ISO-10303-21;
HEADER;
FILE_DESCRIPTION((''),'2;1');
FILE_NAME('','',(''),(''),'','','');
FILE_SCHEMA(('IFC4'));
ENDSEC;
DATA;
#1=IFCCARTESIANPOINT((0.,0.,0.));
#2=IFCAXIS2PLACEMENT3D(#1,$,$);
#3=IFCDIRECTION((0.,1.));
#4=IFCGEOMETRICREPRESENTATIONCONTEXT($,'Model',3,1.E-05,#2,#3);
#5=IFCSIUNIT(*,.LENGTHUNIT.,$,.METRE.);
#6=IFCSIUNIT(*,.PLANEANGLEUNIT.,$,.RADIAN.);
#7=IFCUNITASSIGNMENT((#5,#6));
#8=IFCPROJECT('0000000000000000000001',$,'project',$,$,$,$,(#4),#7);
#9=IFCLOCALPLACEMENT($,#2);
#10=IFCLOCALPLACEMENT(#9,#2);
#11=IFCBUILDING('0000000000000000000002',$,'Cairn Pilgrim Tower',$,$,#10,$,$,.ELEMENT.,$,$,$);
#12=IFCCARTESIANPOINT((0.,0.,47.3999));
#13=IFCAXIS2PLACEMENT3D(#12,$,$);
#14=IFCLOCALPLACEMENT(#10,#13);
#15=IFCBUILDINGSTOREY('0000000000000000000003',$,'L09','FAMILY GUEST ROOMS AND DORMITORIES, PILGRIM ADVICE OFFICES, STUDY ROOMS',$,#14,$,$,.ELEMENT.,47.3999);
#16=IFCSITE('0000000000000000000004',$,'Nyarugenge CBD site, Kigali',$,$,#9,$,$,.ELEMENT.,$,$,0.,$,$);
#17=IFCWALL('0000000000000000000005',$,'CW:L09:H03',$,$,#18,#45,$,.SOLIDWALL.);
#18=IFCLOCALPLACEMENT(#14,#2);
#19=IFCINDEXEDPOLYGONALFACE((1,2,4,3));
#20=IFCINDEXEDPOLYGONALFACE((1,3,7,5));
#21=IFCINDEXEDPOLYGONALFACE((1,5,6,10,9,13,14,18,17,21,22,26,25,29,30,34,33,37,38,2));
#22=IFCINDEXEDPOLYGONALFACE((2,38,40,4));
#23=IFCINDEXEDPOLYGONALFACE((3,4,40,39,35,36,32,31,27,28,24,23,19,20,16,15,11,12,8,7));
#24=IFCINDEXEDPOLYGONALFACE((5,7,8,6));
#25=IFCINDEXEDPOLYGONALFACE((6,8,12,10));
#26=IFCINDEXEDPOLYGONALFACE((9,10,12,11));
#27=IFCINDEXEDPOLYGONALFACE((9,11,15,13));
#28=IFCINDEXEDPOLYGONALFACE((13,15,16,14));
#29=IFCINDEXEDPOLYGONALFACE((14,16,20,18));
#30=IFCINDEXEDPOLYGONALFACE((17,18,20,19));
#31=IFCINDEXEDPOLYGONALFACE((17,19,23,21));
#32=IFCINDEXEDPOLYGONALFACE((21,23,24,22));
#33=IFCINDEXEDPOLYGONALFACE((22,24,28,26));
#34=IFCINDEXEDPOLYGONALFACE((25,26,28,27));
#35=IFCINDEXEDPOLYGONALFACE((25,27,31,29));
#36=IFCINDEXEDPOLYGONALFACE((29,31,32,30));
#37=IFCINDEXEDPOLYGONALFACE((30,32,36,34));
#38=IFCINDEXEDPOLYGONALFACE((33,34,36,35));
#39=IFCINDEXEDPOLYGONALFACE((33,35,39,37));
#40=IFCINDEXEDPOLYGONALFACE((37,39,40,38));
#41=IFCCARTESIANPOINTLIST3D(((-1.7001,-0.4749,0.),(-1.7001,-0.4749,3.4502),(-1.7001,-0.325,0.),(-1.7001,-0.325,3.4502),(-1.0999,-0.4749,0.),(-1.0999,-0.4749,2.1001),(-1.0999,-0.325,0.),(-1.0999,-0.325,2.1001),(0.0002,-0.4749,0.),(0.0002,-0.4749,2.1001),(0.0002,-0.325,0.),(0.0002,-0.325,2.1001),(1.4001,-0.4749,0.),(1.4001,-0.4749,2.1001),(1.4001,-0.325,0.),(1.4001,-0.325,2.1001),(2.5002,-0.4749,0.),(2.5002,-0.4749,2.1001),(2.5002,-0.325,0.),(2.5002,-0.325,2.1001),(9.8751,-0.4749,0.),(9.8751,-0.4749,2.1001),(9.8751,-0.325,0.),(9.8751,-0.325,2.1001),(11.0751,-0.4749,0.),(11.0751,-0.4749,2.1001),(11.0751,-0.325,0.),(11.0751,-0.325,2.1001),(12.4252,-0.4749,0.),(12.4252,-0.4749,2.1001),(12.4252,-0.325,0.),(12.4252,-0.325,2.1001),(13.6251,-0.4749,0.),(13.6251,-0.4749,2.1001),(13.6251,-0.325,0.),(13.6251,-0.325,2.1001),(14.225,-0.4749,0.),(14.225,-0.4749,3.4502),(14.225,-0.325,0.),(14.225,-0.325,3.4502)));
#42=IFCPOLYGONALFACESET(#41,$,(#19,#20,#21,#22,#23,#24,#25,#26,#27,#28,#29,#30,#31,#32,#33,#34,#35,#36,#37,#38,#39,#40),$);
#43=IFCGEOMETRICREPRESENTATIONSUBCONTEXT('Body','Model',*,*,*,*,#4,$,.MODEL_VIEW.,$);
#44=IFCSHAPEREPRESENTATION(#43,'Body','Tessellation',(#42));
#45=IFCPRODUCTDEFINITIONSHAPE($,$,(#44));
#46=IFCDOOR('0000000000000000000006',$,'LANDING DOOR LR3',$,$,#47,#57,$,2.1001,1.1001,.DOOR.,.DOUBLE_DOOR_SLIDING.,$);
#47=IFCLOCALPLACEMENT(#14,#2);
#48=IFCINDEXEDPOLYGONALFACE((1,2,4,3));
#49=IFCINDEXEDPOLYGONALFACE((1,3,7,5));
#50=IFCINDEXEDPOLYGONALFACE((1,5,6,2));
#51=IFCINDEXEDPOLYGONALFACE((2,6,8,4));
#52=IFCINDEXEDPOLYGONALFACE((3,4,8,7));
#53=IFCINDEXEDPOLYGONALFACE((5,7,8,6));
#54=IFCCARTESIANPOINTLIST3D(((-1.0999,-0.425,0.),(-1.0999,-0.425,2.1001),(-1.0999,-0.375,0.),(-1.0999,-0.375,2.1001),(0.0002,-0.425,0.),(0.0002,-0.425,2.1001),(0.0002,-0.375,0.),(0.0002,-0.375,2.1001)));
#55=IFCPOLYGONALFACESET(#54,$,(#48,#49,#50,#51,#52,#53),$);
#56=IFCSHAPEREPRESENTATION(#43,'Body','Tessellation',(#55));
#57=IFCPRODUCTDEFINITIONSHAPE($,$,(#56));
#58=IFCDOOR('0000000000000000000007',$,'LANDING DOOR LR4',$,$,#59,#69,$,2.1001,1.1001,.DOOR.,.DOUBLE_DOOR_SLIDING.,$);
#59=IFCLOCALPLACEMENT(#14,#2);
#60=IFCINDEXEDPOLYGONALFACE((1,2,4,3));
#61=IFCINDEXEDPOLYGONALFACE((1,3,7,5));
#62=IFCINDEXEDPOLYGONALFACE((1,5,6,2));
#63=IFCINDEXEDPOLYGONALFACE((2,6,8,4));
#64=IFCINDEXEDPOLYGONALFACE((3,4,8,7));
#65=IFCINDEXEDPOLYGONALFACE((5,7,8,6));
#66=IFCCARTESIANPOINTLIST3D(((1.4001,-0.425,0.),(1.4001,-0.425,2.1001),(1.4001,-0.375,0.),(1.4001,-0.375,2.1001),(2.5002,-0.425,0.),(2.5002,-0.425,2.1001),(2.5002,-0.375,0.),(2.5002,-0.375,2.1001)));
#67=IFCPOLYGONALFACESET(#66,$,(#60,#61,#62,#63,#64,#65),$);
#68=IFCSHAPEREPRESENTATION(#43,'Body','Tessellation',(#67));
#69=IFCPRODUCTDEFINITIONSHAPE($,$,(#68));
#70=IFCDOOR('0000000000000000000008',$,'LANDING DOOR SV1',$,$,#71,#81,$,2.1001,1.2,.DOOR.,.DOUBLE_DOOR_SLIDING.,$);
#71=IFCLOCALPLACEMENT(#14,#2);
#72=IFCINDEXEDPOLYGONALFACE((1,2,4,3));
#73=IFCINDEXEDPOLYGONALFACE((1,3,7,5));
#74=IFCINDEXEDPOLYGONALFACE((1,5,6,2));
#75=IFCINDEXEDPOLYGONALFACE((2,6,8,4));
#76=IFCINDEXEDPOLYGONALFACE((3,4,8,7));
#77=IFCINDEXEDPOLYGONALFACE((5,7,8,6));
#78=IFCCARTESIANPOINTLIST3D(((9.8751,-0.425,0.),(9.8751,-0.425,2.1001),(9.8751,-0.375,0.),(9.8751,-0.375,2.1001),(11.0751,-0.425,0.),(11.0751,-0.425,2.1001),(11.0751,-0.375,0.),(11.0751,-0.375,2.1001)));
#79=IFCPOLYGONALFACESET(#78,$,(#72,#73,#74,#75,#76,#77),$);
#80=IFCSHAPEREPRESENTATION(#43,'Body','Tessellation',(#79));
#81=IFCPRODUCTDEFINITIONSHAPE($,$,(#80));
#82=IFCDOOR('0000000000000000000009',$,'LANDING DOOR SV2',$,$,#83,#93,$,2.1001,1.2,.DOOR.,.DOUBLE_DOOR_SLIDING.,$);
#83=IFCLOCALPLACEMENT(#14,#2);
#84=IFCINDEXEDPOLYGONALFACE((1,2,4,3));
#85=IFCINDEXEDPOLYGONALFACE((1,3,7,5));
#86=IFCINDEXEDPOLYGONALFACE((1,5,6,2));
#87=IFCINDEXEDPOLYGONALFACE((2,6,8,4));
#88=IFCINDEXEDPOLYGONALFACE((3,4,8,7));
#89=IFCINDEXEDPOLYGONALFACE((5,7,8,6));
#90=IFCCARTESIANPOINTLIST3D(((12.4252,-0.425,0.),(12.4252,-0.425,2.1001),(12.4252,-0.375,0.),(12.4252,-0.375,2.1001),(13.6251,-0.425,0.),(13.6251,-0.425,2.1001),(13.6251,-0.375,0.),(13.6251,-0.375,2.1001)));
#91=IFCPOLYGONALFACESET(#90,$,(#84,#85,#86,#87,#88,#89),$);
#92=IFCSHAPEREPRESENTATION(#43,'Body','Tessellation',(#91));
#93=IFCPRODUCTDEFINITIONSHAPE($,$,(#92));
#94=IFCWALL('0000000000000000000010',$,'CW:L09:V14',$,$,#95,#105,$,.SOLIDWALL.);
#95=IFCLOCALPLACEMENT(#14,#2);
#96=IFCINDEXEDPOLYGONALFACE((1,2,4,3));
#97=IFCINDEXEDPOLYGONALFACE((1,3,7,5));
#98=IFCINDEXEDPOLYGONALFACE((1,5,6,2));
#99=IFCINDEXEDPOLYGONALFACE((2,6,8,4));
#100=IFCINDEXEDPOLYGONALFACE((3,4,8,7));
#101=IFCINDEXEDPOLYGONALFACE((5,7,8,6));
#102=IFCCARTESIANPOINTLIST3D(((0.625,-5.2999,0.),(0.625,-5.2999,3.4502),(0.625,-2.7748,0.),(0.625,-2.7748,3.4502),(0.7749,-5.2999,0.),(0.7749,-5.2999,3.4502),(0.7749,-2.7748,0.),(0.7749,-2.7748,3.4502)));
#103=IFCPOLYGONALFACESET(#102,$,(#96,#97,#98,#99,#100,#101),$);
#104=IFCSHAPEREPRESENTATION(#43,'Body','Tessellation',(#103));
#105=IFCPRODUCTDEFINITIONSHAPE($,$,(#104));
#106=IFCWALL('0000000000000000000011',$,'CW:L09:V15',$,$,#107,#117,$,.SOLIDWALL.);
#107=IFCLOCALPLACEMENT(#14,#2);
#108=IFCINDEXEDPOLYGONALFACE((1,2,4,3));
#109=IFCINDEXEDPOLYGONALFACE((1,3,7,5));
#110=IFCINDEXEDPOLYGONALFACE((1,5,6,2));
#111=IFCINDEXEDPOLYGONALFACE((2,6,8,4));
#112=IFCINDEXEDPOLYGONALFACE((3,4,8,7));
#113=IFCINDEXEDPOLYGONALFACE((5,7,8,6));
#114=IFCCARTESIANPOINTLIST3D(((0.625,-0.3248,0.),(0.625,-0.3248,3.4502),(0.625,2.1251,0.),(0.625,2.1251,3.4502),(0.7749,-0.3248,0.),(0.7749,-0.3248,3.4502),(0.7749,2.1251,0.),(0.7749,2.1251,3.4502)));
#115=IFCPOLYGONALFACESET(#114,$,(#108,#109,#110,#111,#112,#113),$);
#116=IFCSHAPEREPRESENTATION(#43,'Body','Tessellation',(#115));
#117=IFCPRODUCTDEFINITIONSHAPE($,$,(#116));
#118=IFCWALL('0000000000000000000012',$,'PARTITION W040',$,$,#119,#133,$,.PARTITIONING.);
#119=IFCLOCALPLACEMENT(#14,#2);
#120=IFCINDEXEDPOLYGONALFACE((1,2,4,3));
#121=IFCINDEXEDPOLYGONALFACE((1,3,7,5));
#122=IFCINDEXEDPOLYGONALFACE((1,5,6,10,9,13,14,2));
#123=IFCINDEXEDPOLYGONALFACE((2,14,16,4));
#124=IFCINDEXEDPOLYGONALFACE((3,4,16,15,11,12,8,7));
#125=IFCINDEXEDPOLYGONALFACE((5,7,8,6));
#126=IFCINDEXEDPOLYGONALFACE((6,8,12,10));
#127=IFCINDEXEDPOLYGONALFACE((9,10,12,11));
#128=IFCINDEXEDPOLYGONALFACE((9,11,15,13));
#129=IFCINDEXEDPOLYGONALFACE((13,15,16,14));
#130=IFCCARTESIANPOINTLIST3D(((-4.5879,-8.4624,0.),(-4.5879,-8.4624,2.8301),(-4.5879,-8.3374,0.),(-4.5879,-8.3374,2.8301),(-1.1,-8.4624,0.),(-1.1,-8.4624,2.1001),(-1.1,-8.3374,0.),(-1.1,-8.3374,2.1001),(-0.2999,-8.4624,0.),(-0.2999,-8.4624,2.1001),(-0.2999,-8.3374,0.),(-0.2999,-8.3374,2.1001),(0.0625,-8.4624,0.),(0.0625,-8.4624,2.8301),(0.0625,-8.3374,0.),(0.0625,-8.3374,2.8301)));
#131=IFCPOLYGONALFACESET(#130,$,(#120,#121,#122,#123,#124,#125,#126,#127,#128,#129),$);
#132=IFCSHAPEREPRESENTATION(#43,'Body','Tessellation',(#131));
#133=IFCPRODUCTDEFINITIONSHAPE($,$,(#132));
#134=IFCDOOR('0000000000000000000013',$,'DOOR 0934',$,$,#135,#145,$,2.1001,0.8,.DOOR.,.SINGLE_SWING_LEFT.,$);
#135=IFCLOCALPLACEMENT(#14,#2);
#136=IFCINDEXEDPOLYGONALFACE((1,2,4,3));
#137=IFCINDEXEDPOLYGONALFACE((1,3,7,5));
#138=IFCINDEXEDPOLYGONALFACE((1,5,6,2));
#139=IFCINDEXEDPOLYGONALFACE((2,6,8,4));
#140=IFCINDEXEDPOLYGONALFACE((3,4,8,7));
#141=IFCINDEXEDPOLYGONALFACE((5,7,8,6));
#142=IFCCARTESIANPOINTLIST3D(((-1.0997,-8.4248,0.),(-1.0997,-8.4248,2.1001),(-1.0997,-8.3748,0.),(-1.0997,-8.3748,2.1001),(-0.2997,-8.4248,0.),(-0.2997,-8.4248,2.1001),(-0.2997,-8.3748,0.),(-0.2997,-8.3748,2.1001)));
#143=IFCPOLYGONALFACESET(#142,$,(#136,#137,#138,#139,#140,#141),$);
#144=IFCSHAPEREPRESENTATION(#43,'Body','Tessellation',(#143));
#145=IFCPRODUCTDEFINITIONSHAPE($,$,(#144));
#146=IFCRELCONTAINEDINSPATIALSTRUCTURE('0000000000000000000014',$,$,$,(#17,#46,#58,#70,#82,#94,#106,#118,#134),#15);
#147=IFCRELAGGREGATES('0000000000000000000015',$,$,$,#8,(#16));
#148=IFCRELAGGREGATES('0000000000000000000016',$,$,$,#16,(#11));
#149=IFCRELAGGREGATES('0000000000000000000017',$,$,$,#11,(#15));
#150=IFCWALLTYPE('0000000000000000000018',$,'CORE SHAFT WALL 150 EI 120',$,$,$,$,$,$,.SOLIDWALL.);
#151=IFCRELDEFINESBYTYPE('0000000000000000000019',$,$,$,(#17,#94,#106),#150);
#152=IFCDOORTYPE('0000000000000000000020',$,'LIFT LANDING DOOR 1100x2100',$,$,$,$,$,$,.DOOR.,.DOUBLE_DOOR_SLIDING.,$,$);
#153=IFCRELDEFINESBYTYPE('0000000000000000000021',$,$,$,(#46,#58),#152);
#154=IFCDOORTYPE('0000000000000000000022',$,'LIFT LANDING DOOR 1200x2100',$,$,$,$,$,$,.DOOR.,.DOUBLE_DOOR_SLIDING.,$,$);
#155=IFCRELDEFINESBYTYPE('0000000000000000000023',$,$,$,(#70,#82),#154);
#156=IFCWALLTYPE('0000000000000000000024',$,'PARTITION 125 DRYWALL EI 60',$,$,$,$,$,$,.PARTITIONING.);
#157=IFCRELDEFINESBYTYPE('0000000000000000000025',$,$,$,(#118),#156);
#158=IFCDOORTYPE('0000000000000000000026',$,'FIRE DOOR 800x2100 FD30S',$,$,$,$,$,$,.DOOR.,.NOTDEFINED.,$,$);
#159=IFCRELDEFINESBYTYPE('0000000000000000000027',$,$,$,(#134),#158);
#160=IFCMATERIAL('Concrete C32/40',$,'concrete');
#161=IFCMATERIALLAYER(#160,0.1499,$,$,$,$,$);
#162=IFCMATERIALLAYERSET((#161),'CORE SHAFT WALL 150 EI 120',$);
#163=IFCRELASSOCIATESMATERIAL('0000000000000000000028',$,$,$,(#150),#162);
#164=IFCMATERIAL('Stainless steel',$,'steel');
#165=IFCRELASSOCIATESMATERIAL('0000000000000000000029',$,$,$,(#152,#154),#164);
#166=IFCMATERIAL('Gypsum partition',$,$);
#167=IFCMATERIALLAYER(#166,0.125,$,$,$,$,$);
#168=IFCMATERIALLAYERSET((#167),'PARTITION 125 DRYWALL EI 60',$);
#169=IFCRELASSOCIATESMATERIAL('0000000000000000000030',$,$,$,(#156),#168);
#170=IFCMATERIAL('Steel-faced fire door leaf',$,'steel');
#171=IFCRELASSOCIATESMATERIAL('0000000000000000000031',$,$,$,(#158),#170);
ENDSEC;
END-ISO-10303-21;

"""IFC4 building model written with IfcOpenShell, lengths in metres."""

from ifc_helpers import new_model, si_unit, direction, frame, frame_2d, origin, place, context, subcontext, project, spatial, rectangle, extrude, material, layer, layer_set, type_object, element, fill, save


model = new_model("IFC4")

# Units and contexts
model_context = context("Model", 3, precision=1e-05, world=origin(), true_north=direction((0.0, 1.0)))
body_context = subcontext(model_context, "Body", "Model", "MODEL_VIEW")
ifc_project = project(units=[si_unit("LENGTHUNIT", "METRE"), si_unit("PLANEANGLEUNIT", "RADIAN")], contexts=[model_context])

# Site, building, storey
site_placement = place(None, origin())
site = spatial("IfcSite", under=ifc_project, at=site_placement, Name="Nyarugenge CBD site, Kigali", CompositionType="ELEMENT", RefElevation=0.0)
building_placement = place(site_placement, origin())
building = spatial("IfcBuilding", under=site, at=building_placement, Name="Cairn Pilgrim Tower", CompositionType="ELEMENT")
storey_placement = place(building_placement, frame((0.0, 0.0, 47.3999)))
storey = spatial("IfcBuildingStorey", under=building, at=storey_placement, Name="L09", Description="FAMILY GUEST ROOMS AND DORMITORIES, PILGRIM ADVICE OFFICES, STUDY ROOMS", CompositionType="ELEMENT", Elevation=47.3999)

# Shared definitions
ifc_material_1 = material(Name="Concrete C32/40", Category="concrete")

# Wall, openings, doors
ifc_layer_1 = layer(ifc_material_1, 0.1499)
ifc_layer_set_1 = layer_set([ifc_layer_1], Name="CORE SHAFT WALL 150 EI 120")
wall_type_1 = type_object("IfcWallType", Name="CORE SHAFT WALL 150 EI 120", PredefinedType="SOLIDWALL", material=ifc_layer_set_1)
ifc_material_2 = material(Name="Stainless steel", Category="steel")
door_type_1 = type_object("IfcDoorType", Name="LIFT LANDING DOOR 1100x2100", OperationType="DOUBLE_DOOR_SLIDING", PredefinedType="DOOR", material=ifc_material_2)
wall_1_placement = place(storey_placement, frame((-1.7, -0.3999, 0.0), z_axis=(0.0, 0.0, 1.0), x_axis=(1.0, 0.0, 0.0)))
wall_1 = element("IfcWall", 1, at=wall_1_placement, inside=storey, type_object=wall_type_1, Name="CW:L09:H03", PredefinedType="SOLIDWALL", context=body_context, shape_type="SweptSolid", body=[
    extrude(rectangle(XDim=15.925, YDim=0.1499, at=frame_2d((7.9624, 0.0))), origin(), (0.0, 0.0, 1.0), 3.4502),
])
opening_1_placement = place(wall_1_placement, frame((0.6001, 0.0, 0.0)))
opening_1 = element("IfcOpeningElement", 2, at=opening_1_placement, cuts=wall_1, PredefinedType="OPENING", context=body_context, shape_type="SweptSolid", body=[
    extrude(rectangle(XDim=1.1001, YDim=2.1001, at=frame_2d((0.55, 1.05))), frame((0.0, 0.085, 0.0), z_axis=(0.0, -1.0, 0.0), x_axis=(1.0, 0.0, 0.0)), (0.0, 0.0, 1.0), 0.1699),
])
opening_2_placement = place(wall_1_placement, frame((3.1001, 0.0, 0.0)))
opening_2 = element("IfcOpeningElement", 3, at=opening_2_placement, cuts=wall_1, PredefinedType="OPENING", context=body_context, shape_type="SweptSolid", body=[
    extrude(rectangle(XDim=1.1001, YDim=2.1001, at=frame_2d((0.55, 1.05))), frame((0.0, 0.085, 0.0), z_axis=(0.0, -1.0, 0.0), x_axis=(1.0, 0.0, 0.0)), (0.0, 0.0, 1.0), 0.1699),
])
opening_3_placement = place(wall_1_placement, frame((11.575, 0.0, 0.0)))
opening_3 = element("IfcOpeningElement", 4, at=opening_3_placement, cuts=wall_1, PredefinedType="OPENING", context=body_context, shape_type="SweptSolid", body=[
    extrude(rectangle(XDim=1.2, YDim=2.1001, at=frame_2d((0.6001, 1.05))), frame((0.0, 0.085, 0.0), z_axis=(0.0, -1.0, 0.0), x_axis=(1.0, 0.0, 0.0)), (0.0, 0.0, 1.0), 0.1699),
])
opening_4_placement = place(wall_1_placement, frame((14.125, 0.0, 0.0)))
opening_4 = element("IfcOpeningElement", 5, at=opening_4_placement, cuts=wall_1, PredefinedType="OPENING", context=body_context, shape_type="SweptSolid", body=[
    extrude(rectangle(XDim=1.2, YDim=2.1001, at=frame_2d((0.6001, 1.05))), frame((0.0, 0.085, 0.0), z_axis=(0.0, -1.0, 0.0), x_axis=(1.0, 0.0, 0.0)), (0.0, 0.0, 1.0), 0.1699),
])
door_1_placement = place(opening_1_placement, origin())
door_1 = element("IfcDoor", 6, at=door_1_placement, inside=storey, type_object=door_type_1, Name="LANDING DOOR LR3", OperationType="DOUBLE_DOOR_SLIDING", OverallHeight=2.1001, OverallWidth=1.1001, PredefinedType="DOOR", context=body_context, shape_type="SweptSolid", body=[
    extrude(rectangle(XDim=1.1001, YDim=2.1001, at=frame_2d((0.55, 1.05))), frame((0.0, 0.0249, 0.0), z_axis=(0.0, -1.0, 0.0), x_axis=(1.0, 0.0, 0.0)), (0.0, 0.0, 1.0), 0.05),
])
fill(opening_1, door_1)
door_2_placement = place(opening_2_placement, origin())
door_2 = element("IfcDoor", 7, at=door_2_placement, inside=storey, type_object=door_type_1, Name="LANDING DOOR LR4", OperationType="DOUBLE_DOOR_SLIDING", OverallHeight=2.1001, OverallWidth=1.1001, PredefinedType="DOOR", context=body_context, shape_type="SweptSolid", body=[
    extrude(rectangle(XDim=1.1001, YDim=2.1001, at=frame_2d((0.55, 1.05))), frame((0.0, 0.0249, 0.0), z_axis=(0.0, -1.0, 0.0), x_axis=(1.0, 0.0, 0.0)), (0.0, 0.0, 1.0), 0.05),
])
fill(opening_2, door_2)
door_type_2 = type_object("IfcDoorType", Name="LIFT LANDING DOOR 1200x2100", OperationType="DOUBLE_DOOR_SLIDING", PredefinedType="DOOR", material=ifc_material_2)
door_3_placement = place(opening_3_placement, origin())
door_3 = element("IfcDoor", 8, at=door_3_placement, inside=storey, type_object=door_type_2, Name="LANDING DOOR SV1", OperationType="DOUBLE_DOOR_SLIDING", OverallHeight=2.1001, OverallWidth=1.2, PredefinedType="DOOR", context=body_context, shape_type="SweptSolid", body=[
    extrude(rectangle(XDim=1.2, YDim=2.1001, at=frame_2d((0.6001, 1.05))), frame((0.0, 0.0249, 0.0), z_axis=(0.0, -1.0, 0.0), x_axis=(1.0, 0.0, 0.0)), (0.0, 0.0, 1.0), 0.05),
])
fill(opening_3, door_3)
door_4_placement = place(opening_4_placement, origin())
door_4 = element("IfcDoor", 9, at=door_4_placement, inside=storey, type_object=door_type_2, Name="LANDING DOOR SV2", OperationType="DOUBLE_DOOR_SLIDING", OverallHeight=2.1001, OverallWidth=1.2, PredefinedType="DOOR", context=body_context, shape_type="SweptSolid", body=[
    extrude(rectangle(XDim=1.2, YDim=2.1001, at=frame_2d((0.6001, 1.05))), frame((0.0, 0.0249, 0.0), z_axis=(0.0, -1.0, 0.0), x_axis=(1.0, 0.0, 0.0)), (0.0, 0.0, 1.0), 0.05),
])
fill(opening_4, door_4)

# Walls
wall_2_placement = place(storey_placement, frame((0.7, -5.3, 0.0), z_axis=(0.0, 0.0, 1.0), x_axis=(0.0, 1.0, 0.0)))
element("IfcWall", 10, at=wall_2_placement, inside=storey, type_object=wall_type_1, Name="CW:L09:V14", PredefinedType="SOLIDWALL", context=body_context, shape_type="SweptSolid", body=[
    extrude(rectangle(XDim=2.5251, YDim=0.1499, at=frame_2d((1.2627, 0.0))), origin(), (0.0, 0.0, 1.0), 3.4502),
])
wall_3_placement = place(storey_placement, frame((0.7, -0.325, 0.0), z_axis=(0.0, 0.0, 1.0), x_axis=(0.0, 1.0, 0.0)))
element("IfcWall", 11, at=wall_3_placement, inside=storey, type_object=wall_type_1, Name="CW:L09:V15", PredefinedType="SOLIDWALL", context=body_context, shape_type="SweptSolid", body=[
    extrude(rectangle(XDim=2.45, YDim=0.1499, at=frame_2d((1.2251, 0.0))), origin(), (0.0, 0.0, 1.0), 3.4502),
])

# Wall, opening, door
ifc_material_3 = material(Name="Gypsum partition")
ifc_layer_2 = layer(ifc_material_3, 0.125)
ifc_layer_set_2 = layer_set([ifc_layer_2], Name="PARTITION 125 DRYWALL EI 60")
wall_type_2 = type_object("IfcWallType", Name="PARTITION 125 DRYWALL EI 60", PredefinedType="PARTITIONING", material=ifc_layer_set_2)
wall_4_placement = place(storey_placement, frame((-4.5879, -8.3999, 0.0), z_axis=(0.0, 0.0, 1.0), x_axis=(1.0, 0.0, 0.0)))
wall_4 = element("IfcWall", 12, at=wall_4_placement, inside=storey, type_object=wall_type_2, Name="PARTITION W040", PredefinedType="PARTITIONING", context=body_context, shape_type="SweptSolid", body=[
    extrude(rectangle(XDim=4.6504, YDim=0.125, at=frame_2d((2.3252, 0.0))), origin(), (0.0, 0.0, 1.0), 2.8301),
])
opening_5_placement = place(wall_4_placement, frame((3.488, 0.0, 0.0)))
opening_5 = element("IfcOpeningElement", 13, at=opening_5_placement, cuts=wall_4, PredefinedType="OPENING", context=body_context, shape_type="SweptSolid", body=[
    extrude(rectangle(XDim=0.8, YDim=2.1001, at=frame_2d((0.3999, 1.05))), frame((0.0, 0.0725, 0.0), z_axis=(0.0, -1.0, 0.0), x_axis=(1.0, 0.0, 0.0)), (0.0, 0.0, 1.0), 0.145),
])
ifc_material_4 = material(Name="Steel-faced fire door leaf", Category="steel")
door_type_3 = type_object("IfcDoorType", Name="FIRE DOOR 800x2100 FD30S", OperationType="NOTDEFINED", PredefinedType="DOOR", material=ifc_material_4)
door_5_placement = place(opening_5_placement, frame((0.8, 0.0, 0.0), z_axis=(0.0, 0.0, 1.0), x_axis=(-1.0, 0.0, 0.0)))
door_5 = element("IfcDoor", 14, at=door_5_placement, inside=storey, type_object=door_type_3, Name="DOOR 0934", OperationType="SINGLE_SWING_LEFT", OverallHeight=2.1001, OverallWidth=0.8, PredefinedType="DOOR", context=body_context, shape_type="SweptSolid", body=[
    extrude(rectangle(XDim=0.8, YDim=2.1001, at=frame_2d((0.3999, 1.05))), frame((0.0, 0.0249, 0.0), z_axis=(0.0, -1.0, 0.0), x_axis=(1.0, 0.0, 0.0)), (0.0, 0.0, 1.0), 0.05),
])
fill(opening_5, door_5)

save(model, "model.ifc")
